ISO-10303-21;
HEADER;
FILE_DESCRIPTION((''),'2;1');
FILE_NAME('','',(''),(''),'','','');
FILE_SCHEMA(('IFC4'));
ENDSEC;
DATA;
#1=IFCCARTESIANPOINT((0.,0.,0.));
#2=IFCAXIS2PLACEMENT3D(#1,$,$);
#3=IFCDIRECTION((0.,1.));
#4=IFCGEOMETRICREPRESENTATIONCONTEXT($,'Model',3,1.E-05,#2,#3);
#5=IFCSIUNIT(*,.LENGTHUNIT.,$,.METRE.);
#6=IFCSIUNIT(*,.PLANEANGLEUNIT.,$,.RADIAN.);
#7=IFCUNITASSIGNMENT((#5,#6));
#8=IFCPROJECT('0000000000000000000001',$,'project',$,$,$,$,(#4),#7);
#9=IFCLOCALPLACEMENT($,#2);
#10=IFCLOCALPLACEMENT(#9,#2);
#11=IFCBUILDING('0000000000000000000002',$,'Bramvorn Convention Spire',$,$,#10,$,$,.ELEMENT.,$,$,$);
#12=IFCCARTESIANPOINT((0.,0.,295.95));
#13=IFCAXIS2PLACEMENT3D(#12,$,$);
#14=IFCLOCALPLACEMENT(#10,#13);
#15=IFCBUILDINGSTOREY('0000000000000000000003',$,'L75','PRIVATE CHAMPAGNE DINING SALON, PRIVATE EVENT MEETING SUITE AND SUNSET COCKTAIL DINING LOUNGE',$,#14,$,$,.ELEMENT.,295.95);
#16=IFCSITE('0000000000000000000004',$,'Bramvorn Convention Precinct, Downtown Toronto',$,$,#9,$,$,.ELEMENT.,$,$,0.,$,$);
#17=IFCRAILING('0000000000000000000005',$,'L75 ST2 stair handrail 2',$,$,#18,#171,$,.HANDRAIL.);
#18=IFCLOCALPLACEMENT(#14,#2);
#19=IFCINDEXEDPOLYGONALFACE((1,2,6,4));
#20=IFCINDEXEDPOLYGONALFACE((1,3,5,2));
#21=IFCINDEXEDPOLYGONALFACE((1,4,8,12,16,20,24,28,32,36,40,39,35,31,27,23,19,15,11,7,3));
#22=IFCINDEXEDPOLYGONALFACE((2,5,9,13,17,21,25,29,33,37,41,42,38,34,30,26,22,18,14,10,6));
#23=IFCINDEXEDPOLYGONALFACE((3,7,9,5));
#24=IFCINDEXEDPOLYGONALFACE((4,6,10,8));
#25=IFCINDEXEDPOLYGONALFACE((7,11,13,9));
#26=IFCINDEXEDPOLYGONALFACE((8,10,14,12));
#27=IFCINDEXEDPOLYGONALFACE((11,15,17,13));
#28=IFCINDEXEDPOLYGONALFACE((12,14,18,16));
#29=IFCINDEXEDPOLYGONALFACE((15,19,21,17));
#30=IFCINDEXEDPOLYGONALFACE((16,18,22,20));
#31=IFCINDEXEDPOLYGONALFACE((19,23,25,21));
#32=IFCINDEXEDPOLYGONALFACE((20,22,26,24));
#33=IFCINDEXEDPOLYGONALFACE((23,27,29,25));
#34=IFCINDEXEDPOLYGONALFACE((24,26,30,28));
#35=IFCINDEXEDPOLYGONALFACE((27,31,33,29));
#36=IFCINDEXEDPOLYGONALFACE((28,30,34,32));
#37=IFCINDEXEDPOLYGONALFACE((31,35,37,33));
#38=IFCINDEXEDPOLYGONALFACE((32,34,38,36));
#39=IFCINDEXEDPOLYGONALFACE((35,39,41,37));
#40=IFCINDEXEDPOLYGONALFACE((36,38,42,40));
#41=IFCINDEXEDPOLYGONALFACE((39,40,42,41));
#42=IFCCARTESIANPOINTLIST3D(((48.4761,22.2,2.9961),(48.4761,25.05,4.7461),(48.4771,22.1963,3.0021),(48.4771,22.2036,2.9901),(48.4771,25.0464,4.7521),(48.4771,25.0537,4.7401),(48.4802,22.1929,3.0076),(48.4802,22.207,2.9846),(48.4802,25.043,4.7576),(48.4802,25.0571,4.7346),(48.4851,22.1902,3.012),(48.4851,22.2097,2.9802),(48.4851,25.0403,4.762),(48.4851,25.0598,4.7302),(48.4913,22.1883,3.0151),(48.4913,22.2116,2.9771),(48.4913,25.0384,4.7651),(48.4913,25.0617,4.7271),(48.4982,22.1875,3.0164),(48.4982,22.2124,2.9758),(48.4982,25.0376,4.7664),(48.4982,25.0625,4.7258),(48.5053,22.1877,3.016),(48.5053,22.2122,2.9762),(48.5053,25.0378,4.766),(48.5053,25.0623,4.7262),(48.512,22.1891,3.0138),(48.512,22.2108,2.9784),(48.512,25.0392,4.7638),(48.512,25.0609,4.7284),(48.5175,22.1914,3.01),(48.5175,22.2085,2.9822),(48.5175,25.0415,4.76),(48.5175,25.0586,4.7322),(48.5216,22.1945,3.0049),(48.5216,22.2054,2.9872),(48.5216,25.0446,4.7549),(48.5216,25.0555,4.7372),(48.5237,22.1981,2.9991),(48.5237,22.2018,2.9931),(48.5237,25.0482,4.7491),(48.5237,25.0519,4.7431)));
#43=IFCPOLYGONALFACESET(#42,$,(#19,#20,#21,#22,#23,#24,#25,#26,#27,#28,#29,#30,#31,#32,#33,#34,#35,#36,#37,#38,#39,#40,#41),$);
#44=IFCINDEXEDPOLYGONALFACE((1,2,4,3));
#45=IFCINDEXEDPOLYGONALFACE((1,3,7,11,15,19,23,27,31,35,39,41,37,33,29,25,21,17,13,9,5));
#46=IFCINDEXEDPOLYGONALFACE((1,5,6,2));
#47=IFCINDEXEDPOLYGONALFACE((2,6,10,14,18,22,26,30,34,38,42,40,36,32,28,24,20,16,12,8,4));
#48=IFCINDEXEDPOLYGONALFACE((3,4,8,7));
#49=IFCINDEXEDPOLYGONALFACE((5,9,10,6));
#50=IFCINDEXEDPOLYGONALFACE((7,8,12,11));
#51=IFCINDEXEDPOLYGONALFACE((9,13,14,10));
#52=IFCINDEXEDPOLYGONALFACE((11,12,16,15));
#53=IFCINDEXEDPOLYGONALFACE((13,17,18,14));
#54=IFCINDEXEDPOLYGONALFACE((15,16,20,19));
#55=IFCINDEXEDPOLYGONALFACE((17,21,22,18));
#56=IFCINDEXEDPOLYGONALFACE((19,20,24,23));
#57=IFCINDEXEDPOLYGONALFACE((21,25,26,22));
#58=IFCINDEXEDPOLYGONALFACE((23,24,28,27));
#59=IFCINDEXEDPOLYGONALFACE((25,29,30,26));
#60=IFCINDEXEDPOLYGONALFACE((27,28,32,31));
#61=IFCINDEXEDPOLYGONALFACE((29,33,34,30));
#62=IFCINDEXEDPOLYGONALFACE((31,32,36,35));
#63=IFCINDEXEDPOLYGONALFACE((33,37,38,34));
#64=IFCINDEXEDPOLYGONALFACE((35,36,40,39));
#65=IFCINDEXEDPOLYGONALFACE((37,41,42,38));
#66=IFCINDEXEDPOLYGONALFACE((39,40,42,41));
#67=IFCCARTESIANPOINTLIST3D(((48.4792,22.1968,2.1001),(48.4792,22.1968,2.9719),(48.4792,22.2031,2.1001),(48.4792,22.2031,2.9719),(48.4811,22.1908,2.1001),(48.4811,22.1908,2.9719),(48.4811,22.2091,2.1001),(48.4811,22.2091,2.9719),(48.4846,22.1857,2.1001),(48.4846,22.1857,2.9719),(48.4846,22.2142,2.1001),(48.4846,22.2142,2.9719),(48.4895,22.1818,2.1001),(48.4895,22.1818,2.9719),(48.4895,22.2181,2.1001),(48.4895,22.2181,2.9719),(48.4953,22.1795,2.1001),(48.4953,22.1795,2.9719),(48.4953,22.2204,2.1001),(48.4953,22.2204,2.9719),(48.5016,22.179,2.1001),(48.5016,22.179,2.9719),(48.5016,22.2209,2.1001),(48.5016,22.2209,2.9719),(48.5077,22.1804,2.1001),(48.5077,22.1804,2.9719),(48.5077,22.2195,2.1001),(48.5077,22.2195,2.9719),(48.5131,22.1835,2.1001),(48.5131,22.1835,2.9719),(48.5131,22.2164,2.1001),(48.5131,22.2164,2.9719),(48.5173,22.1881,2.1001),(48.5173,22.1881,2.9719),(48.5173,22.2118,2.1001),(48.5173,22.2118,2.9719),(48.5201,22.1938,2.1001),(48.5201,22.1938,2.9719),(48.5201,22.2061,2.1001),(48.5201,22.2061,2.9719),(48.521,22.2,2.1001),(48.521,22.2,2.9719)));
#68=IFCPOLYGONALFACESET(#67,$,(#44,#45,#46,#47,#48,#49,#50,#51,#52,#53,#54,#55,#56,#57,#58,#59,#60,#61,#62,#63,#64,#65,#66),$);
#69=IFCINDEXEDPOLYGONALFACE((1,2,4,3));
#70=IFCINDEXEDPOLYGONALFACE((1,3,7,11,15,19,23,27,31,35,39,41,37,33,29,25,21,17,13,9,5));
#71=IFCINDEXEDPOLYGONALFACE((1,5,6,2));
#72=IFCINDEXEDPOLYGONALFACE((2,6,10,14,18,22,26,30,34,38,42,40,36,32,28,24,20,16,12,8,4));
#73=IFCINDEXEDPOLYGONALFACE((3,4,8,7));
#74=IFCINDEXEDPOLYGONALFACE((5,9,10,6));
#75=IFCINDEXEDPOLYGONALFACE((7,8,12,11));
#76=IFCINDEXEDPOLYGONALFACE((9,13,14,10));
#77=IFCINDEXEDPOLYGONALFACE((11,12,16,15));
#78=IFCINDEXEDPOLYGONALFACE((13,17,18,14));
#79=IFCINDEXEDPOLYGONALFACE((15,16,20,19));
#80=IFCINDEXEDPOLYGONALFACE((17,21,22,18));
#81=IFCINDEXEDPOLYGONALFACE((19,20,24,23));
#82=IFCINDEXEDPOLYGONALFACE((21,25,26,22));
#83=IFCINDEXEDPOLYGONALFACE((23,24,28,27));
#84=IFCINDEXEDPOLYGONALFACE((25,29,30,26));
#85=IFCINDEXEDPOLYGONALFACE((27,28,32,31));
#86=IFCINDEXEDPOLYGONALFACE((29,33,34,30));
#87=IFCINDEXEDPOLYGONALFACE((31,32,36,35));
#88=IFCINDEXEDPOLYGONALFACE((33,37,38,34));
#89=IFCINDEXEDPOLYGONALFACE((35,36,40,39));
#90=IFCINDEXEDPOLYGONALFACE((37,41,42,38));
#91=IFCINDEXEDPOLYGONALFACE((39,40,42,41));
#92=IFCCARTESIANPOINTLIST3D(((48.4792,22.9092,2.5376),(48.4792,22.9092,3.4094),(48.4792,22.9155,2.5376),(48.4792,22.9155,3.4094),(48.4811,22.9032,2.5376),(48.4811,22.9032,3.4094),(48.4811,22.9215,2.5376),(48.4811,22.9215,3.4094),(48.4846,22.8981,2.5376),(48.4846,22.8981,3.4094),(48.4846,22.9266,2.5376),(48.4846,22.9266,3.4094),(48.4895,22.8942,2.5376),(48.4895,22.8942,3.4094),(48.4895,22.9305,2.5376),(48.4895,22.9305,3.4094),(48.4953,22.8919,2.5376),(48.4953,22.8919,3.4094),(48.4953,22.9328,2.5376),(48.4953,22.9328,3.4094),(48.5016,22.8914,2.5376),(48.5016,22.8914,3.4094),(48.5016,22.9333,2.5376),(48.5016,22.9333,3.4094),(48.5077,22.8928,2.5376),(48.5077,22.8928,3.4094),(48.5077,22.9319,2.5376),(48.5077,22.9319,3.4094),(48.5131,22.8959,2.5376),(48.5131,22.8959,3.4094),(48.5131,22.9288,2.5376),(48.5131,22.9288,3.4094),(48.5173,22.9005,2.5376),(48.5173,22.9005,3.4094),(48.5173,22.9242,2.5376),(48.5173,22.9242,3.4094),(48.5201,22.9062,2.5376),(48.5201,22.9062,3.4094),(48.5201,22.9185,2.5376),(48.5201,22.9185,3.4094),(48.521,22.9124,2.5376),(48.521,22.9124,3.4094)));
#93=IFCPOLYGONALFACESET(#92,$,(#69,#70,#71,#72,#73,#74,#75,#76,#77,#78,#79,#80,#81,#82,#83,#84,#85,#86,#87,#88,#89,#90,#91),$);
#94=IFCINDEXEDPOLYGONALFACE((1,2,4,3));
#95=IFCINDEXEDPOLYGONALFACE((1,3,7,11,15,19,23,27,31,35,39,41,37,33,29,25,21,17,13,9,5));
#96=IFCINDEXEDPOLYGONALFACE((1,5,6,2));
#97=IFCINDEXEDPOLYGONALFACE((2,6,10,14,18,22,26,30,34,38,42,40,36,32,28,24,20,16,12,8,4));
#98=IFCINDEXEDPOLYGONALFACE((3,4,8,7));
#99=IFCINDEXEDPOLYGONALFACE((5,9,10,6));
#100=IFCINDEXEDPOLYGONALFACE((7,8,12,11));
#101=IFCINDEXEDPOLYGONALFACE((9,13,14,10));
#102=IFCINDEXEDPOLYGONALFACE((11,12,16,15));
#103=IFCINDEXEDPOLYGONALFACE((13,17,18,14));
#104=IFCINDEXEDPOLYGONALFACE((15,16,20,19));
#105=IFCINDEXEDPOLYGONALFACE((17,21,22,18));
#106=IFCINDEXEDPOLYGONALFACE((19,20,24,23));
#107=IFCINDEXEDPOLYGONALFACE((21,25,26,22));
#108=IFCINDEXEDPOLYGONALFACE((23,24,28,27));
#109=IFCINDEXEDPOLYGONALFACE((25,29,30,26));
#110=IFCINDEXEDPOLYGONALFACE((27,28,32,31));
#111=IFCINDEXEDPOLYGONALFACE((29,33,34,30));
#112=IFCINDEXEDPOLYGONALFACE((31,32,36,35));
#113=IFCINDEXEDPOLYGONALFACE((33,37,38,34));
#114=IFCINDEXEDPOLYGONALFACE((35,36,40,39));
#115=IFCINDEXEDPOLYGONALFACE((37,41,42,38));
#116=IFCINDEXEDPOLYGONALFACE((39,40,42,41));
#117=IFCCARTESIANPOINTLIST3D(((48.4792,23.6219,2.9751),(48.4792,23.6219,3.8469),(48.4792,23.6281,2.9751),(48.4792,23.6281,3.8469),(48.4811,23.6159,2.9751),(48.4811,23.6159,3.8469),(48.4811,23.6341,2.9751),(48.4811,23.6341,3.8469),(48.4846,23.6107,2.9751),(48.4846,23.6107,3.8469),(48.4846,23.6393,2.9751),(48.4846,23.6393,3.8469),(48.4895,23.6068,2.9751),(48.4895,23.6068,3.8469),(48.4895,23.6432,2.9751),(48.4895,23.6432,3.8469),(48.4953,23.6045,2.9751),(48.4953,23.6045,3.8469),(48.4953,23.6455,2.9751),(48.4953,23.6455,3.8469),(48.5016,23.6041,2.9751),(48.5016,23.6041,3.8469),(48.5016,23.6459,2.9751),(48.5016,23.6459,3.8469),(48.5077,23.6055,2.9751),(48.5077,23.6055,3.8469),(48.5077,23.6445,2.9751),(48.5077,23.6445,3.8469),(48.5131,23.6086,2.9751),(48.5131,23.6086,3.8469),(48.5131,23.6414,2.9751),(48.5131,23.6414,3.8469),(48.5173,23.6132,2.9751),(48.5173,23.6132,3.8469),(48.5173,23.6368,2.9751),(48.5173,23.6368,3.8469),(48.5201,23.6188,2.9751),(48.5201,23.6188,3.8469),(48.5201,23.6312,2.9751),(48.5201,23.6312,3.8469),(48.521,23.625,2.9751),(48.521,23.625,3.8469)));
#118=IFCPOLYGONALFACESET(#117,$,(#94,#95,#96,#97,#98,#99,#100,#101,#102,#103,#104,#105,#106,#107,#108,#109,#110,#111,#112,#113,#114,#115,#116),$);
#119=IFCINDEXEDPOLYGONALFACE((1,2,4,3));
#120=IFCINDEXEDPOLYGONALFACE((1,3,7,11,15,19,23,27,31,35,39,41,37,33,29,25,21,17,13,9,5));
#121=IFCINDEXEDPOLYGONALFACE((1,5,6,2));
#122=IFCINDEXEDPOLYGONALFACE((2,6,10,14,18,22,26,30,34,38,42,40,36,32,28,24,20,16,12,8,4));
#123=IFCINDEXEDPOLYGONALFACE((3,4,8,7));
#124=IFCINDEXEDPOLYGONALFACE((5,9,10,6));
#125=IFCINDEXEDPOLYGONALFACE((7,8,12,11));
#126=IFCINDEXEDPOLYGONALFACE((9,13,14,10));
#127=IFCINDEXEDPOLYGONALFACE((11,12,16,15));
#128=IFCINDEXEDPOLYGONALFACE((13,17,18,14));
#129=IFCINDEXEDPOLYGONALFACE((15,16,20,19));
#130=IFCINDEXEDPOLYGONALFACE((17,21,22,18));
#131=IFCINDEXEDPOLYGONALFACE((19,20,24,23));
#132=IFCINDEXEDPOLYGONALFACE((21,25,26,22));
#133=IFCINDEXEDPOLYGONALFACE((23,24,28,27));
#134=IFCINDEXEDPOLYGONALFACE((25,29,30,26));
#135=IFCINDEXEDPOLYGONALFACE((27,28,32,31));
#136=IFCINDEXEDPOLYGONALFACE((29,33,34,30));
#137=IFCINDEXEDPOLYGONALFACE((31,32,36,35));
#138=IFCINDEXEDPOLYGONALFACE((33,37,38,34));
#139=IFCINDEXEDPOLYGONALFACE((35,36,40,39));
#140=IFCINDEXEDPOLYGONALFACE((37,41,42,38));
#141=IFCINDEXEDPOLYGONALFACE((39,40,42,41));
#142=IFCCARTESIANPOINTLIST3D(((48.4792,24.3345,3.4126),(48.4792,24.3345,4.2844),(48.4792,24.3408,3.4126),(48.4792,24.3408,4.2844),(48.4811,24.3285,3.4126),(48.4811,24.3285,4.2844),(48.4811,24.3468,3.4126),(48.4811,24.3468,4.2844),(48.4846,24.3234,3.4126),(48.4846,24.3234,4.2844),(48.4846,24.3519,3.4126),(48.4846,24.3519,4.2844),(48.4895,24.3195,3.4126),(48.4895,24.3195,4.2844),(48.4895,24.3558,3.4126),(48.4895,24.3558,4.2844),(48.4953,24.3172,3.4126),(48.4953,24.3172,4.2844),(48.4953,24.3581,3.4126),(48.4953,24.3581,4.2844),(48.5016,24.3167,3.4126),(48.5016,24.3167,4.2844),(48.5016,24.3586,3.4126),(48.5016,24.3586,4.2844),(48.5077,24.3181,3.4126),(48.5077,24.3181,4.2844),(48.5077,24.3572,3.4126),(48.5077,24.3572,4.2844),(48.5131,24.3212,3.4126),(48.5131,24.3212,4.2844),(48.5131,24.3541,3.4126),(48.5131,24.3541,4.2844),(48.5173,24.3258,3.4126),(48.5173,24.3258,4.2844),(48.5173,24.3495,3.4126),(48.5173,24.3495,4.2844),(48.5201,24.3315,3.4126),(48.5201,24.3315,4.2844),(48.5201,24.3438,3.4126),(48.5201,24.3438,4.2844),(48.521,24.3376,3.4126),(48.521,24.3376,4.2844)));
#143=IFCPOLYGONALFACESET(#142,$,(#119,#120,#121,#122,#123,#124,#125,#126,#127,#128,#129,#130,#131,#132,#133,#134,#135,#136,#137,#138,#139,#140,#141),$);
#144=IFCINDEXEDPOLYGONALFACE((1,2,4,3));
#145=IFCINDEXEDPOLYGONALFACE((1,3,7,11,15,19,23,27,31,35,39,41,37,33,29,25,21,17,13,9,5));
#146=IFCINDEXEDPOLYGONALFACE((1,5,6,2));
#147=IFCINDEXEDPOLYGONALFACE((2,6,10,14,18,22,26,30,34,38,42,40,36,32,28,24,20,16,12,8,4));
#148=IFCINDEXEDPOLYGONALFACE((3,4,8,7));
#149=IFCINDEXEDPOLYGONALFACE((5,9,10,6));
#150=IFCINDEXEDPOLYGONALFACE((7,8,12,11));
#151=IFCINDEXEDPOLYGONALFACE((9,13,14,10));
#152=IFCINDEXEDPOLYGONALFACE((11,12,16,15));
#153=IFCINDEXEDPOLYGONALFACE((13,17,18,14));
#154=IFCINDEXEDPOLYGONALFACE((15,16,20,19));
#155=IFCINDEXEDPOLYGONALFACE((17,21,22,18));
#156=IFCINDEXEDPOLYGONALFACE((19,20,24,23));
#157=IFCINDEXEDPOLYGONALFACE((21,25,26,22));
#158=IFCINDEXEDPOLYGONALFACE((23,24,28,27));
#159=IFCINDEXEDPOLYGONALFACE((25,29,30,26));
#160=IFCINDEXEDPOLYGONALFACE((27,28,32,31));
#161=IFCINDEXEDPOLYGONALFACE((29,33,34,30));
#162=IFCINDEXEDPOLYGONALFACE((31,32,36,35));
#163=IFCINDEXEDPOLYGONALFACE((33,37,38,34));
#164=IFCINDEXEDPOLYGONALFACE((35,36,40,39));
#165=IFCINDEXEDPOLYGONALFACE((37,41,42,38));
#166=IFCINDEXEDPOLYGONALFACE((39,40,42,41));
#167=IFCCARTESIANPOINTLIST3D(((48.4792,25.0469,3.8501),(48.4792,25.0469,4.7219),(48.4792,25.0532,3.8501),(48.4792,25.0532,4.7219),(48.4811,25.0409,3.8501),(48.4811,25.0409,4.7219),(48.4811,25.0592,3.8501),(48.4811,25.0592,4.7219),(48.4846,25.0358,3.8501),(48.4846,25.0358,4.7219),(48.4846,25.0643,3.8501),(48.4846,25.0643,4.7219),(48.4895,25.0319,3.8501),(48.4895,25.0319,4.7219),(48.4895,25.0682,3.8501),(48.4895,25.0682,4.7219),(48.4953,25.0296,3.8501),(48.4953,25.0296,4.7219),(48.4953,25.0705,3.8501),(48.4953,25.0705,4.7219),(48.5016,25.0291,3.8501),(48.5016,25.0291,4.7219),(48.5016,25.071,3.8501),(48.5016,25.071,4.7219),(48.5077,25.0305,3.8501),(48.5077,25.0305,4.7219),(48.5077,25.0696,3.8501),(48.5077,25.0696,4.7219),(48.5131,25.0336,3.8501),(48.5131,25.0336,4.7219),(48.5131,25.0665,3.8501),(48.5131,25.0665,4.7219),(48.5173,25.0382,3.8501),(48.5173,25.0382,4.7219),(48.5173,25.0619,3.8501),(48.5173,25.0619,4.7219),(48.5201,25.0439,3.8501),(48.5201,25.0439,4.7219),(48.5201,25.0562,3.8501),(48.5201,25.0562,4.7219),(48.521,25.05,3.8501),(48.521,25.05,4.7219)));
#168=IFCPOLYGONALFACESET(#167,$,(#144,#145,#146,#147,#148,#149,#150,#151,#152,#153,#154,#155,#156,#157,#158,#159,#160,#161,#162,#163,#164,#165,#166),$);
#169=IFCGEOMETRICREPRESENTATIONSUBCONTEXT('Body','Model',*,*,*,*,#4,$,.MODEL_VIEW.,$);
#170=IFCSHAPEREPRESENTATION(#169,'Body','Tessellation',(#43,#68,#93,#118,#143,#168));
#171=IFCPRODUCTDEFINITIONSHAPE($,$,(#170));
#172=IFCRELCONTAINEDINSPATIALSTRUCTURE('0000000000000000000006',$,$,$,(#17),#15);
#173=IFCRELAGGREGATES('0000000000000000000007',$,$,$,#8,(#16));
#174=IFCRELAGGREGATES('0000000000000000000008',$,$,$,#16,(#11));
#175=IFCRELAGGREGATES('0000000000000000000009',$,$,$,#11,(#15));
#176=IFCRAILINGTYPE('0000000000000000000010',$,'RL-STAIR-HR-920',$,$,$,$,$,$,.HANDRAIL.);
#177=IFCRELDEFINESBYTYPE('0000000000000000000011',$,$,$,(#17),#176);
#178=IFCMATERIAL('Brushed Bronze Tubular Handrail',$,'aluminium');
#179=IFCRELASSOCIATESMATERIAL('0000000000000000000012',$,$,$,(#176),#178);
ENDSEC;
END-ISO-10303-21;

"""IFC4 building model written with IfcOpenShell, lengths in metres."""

from ifc_helpers import new_model, si_unit, direction, frame, origin, origin_2d, place, context, subcontext, project, spatial, circle, extrude, material, type_object, element, save


model = new_model("IFC4")

# Units and contexts
model_context = context("Model", 3, precision=1e-05, world=origin(), true_north=direction((0.0, 1.0)))
body_context = subcontext(model_context, "Body", "Model", "MODEL_VIEW")
ifc_project = project(units=[si_unit("LENGTHUNIT", "METRE"), si_unit("PLANEANGLEUNIT", "RADIAN")], contexts=[model_context])

# Site, building, storey
site_placement = place(None, origin())
site = spatial("IfcSite", under=ifc_project, at=site_placement, Name="Bramvorn Convention Precinct, Downtown Toronto", CompositionType="ELEMENT", RefElevation=0.0)
building_placement = place(site_placement, origin())
building = spatial("IfcBuilding", under=site, at=building_placement, Name="Bramvorn Convention Spire", CompositionType="ELEMENT")
storey_placement = place(building_placement, frame((0.0, 0.0, 295.95)))
storey = spatial("IfcBuildingStorey", under=building, at=storey_placement, Name="L75", Description="PRIVATE CHAMPAGNE DINING SALON, PRIVATE EVENT MEETING SUITE AND SUNSET COCKTAIL DINING LOUNGE", CompositionType="ELEMENT", Elevation=295.95)

# Railing
ifc_material_1 = material(Name="Brushed Bronze Tubular Handrail", Category="aluminium")
railing_type_1 = type_object("IfcRailingType", Name="RL-STAIR-HR-920", PredefinedType="HANDRAIL", material=ifc_material_1)
railing_1_placement = place(storey_placement, frame((48.5, 22.2, 2.1001)))
element("IfcRailing", 1, at=railing_1_placement, inside=storey, type_object=railing_type_1, Name="L75 ST2 stair handrail 2", PredefinedType="HANDRAIL", context=body_context, shape_type="SweptSolid", body=[
    extrude(circle(Radius=0.0239, at=origin_2d()), frame((0.0, 0.0, 0.896), z_axis=(0.0, 0.852179, 0.52325), x_axis=(-1.0, 0.0, 0.0)), (0.0, 0.0, 1.0), 3.3445),
    extrude(circle(Radius=0.021, at=origin_2d()), origin(), (0.0, 0.0, 1.0), 0.8718),
    extrude(circle(Radius=0.021, at=origin_2d()), frame((0.0, 0.7124, 0.4375)), (0.0, 0.0, 1.0), 0.8718),
    extrude(circle(Radius=0.021, at=origin_2d()), frame((0.0, 1.425, 0.875)), (0.0, 0.0, 1.0), 0.8718),
    extrude(circle(Radius=0.021, at=origin_2d()), frame((0.0, 2.1377, 1.3125)), (0.0, 0.0, 1.0), 0.8718),
    extrude(circle(Radius=0.021, at=origin_2d()), frame((0.0, 2.8501, 1.75)), (0.0, 0.0, 1.0), 0.8718),
])

save(model, "model.ifc")
